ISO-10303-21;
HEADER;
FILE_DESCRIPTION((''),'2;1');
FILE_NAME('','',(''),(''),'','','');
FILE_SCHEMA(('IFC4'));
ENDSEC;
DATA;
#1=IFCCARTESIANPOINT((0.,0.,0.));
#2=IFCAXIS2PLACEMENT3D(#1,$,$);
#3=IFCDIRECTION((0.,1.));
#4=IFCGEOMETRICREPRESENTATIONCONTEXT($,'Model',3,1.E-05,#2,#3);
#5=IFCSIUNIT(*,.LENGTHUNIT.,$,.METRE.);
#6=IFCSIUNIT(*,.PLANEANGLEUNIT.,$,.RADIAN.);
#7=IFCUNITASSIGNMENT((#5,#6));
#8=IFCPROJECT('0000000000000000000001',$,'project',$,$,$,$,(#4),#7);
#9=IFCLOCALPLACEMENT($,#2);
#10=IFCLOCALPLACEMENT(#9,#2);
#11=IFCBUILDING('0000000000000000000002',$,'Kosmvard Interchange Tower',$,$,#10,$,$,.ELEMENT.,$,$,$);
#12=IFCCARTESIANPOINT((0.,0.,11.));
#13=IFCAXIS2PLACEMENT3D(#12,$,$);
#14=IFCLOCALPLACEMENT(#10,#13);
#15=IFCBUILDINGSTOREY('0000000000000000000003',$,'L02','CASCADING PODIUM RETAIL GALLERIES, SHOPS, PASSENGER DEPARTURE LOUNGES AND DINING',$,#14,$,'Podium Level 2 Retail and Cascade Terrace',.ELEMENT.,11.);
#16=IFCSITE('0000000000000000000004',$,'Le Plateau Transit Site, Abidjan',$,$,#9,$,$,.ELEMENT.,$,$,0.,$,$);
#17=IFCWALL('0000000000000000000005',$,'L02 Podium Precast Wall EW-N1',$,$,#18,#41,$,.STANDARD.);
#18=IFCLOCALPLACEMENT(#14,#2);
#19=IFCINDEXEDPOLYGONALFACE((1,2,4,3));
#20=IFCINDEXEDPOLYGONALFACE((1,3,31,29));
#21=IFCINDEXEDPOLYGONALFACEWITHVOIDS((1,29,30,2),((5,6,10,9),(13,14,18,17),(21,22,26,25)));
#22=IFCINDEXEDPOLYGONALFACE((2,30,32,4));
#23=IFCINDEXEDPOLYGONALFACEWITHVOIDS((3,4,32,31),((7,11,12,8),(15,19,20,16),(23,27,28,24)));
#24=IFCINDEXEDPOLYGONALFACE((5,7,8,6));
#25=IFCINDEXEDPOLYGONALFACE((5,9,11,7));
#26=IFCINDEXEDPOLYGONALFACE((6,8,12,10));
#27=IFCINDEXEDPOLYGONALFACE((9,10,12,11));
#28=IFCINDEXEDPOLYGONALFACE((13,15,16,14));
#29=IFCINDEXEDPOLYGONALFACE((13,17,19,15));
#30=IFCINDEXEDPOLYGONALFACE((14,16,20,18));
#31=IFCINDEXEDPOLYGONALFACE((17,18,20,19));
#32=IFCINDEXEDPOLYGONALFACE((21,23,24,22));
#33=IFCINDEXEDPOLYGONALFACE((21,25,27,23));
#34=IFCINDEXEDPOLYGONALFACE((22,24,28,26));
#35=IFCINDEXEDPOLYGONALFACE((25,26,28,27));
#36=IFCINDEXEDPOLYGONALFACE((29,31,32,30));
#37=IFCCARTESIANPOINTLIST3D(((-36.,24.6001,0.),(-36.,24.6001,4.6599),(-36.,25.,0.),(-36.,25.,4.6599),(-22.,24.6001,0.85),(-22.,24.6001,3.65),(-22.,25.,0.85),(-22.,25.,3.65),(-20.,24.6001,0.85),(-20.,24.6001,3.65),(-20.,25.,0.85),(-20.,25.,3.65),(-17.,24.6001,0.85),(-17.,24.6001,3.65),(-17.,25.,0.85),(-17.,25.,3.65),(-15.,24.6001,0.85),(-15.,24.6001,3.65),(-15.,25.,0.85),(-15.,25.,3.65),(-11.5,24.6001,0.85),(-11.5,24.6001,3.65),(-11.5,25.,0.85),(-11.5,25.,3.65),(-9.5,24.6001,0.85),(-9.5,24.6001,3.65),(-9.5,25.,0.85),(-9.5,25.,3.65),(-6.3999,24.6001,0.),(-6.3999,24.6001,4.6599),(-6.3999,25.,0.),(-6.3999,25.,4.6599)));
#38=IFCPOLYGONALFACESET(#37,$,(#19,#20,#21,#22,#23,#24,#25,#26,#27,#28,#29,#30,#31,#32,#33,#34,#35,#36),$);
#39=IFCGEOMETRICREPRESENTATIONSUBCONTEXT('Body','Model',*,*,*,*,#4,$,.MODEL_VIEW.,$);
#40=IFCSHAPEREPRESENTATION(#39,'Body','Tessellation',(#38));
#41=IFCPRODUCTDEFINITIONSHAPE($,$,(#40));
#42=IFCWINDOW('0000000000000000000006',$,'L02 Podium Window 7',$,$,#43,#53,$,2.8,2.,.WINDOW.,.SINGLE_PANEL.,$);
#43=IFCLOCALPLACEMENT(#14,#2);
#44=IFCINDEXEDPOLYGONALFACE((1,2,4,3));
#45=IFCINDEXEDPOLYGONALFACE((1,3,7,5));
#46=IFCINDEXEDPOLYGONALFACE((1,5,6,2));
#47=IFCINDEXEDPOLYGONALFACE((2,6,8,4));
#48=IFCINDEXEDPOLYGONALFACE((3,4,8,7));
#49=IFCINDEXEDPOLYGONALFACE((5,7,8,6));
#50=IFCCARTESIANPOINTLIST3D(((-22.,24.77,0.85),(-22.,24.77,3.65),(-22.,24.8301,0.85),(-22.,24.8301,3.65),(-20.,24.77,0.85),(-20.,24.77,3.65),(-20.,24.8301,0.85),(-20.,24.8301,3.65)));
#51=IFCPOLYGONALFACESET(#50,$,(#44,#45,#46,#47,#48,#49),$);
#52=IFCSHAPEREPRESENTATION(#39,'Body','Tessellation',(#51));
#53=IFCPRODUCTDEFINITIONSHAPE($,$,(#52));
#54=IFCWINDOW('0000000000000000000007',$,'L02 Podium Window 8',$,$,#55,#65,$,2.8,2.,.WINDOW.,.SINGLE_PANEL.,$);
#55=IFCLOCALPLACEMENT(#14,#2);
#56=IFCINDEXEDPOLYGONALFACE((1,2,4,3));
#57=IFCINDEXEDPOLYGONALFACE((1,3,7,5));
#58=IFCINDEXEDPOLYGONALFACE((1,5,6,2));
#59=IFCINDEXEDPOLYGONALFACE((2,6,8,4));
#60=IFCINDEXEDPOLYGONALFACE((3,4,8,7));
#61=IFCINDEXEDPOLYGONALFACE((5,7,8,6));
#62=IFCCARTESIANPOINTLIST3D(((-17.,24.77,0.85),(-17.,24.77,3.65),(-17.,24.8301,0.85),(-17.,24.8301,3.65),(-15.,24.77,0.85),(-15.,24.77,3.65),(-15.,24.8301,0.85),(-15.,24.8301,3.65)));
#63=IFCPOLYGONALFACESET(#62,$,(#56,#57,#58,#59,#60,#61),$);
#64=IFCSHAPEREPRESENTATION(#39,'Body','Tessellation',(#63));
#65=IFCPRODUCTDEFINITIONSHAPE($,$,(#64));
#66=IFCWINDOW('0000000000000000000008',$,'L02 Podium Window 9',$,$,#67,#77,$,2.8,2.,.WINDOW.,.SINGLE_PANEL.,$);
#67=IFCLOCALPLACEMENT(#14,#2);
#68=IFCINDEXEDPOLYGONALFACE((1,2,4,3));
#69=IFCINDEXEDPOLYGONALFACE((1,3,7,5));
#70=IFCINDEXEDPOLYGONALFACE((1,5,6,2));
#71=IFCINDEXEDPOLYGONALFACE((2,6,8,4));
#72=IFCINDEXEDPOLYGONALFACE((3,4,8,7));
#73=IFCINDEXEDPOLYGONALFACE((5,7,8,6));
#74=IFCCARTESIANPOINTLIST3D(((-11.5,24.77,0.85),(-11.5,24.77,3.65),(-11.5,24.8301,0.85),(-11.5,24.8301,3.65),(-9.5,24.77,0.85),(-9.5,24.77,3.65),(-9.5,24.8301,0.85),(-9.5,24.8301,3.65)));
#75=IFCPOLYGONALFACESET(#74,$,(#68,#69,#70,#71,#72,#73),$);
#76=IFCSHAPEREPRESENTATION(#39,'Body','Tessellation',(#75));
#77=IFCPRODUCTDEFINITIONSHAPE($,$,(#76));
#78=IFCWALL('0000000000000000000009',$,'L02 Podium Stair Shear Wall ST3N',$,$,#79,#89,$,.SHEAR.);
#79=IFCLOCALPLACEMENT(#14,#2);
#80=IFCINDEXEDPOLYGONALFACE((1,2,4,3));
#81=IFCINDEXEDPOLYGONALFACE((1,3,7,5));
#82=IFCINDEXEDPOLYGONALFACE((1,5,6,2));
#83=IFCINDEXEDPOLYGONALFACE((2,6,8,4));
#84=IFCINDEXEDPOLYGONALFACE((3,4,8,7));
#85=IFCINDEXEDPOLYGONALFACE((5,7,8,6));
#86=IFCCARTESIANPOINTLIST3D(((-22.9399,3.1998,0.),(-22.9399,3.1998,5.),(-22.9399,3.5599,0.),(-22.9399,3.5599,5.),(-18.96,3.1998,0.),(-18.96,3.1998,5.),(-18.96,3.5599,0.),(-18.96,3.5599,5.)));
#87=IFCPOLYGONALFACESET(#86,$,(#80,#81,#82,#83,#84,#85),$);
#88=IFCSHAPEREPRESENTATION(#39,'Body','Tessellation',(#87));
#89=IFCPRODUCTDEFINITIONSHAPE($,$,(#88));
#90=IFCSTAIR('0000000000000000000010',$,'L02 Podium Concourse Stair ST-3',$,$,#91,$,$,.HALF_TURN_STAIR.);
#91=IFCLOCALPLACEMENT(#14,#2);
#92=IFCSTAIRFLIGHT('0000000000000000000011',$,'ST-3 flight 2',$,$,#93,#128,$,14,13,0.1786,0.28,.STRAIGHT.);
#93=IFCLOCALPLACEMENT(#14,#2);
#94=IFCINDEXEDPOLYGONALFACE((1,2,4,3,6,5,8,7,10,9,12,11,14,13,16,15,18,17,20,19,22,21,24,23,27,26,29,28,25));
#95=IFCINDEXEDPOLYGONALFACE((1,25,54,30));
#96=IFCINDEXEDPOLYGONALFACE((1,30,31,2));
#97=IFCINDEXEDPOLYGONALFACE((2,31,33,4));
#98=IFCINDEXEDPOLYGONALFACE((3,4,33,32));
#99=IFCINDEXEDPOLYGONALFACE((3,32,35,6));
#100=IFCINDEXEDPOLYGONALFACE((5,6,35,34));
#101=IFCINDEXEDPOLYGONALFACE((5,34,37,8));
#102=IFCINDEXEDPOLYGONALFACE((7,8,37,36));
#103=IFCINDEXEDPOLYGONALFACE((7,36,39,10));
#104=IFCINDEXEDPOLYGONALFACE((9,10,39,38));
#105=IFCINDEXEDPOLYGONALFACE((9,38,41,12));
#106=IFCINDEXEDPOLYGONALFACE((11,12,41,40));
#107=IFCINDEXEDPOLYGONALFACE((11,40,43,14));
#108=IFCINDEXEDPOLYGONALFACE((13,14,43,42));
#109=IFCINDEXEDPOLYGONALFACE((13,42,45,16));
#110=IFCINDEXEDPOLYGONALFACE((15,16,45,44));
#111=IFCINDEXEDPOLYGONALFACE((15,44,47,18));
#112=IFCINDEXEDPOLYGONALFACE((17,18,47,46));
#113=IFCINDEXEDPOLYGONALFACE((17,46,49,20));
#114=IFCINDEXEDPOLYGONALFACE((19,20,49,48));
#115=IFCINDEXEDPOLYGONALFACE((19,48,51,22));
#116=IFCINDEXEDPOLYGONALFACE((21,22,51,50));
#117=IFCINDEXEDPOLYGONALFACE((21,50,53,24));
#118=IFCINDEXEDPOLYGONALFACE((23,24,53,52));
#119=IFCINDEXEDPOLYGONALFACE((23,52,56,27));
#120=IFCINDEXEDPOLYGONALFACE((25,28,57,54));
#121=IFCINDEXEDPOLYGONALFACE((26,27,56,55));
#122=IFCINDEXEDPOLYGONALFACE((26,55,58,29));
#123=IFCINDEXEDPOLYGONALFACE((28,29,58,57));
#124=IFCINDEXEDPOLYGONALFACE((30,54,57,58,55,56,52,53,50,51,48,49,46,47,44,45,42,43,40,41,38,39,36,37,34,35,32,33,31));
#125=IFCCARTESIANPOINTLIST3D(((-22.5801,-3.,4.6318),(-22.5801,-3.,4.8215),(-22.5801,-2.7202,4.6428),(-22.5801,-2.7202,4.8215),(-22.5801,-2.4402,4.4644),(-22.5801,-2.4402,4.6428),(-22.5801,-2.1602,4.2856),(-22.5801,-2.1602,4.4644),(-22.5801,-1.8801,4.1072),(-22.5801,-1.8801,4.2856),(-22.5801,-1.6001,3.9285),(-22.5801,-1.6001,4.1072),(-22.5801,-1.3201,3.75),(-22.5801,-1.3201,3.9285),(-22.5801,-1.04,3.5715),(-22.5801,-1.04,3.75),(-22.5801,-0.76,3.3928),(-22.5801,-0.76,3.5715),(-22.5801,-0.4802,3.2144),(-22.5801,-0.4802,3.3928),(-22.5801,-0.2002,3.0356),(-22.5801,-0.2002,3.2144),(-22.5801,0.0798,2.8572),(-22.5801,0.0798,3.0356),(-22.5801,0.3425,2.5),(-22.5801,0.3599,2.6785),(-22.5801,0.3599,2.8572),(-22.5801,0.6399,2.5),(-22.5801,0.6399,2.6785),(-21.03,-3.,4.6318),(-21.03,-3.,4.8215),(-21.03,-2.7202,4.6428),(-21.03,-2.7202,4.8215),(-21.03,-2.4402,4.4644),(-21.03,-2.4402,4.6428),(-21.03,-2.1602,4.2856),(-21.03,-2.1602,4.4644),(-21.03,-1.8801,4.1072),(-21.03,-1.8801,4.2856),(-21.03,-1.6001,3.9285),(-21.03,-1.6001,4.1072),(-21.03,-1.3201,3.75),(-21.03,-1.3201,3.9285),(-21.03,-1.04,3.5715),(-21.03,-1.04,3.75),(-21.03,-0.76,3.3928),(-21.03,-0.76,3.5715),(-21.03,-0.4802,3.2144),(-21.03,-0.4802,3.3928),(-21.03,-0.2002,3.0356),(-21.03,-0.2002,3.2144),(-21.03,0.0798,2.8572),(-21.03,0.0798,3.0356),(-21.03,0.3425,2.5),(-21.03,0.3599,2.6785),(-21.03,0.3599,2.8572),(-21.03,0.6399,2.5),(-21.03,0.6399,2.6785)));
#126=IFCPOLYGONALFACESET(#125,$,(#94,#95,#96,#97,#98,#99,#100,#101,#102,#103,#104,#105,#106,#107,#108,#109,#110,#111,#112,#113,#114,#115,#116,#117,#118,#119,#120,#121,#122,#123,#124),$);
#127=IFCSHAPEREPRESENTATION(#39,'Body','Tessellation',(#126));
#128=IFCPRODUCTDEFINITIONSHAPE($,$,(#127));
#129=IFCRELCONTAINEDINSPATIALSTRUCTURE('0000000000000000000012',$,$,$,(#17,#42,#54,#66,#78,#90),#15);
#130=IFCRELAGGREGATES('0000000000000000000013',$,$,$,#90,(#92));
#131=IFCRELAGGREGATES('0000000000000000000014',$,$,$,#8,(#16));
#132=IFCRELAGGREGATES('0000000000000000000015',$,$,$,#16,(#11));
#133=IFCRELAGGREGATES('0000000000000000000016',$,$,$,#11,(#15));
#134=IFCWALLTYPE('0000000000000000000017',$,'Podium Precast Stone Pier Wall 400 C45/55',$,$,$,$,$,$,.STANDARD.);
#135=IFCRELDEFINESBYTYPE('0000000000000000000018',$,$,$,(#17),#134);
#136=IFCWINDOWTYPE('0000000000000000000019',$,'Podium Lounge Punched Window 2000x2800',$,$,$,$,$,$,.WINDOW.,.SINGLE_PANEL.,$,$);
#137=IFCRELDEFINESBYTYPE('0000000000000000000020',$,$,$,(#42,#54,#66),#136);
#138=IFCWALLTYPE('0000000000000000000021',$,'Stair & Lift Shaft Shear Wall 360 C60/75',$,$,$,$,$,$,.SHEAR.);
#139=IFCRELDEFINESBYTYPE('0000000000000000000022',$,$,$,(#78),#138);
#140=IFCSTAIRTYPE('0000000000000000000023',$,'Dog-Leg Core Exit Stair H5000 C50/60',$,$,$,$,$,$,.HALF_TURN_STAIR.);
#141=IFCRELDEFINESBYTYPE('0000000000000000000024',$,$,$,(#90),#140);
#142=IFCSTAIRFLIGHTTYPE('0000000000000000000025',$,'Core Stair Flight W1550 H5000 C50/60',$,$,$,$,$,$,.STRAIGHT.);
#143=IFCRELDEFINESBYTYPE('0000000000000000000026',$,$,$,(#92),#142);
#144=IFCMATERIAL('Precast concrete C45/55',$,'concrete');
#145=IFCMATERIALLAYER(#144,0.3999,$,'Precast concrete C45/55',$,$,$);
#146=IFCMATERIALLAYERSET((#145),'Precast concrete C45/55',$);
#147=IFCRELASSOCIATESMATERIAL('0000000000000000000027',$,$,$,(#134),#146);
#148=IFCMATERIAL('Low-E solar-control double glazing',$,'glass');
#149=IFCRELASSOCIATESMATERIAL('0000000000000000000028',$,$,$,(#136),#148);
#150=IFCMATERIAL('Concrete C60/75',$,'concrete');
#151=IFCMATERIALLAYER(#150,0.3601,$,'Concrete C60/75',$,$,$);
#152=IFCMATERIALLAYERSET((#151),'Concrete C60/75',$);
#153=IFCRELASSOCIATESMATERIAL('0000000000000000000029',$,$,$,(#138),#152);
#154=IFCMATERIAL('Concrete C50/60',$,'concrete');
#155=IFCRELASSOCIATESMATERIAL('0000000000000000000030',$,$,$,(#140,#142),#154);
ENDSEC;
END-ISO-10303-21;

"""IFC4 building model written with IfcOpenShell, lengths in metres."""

from ifc_helpers import new_model, si_unit, direction, frame, frame_2d, origin, place, context, subcontext, project, spatial, polyline, rectangle, outline, extrude, source, transform, mapped, material, layer, layer_set, type_object, element, fill, aggregate, save


model = new_model("IFC4")

# Units and contexts
model_context = context("Model", 3, precision=1e-05, world=origin(), true_north=direction((0.0, 1.0)))
body_context = subcontext(model_context, "Body", "Model", "MODEL_VIEW")
ifc_project = project(units=[si_unit("LENGTHUNIT", "METRE"), si_unit("PLANEANGLEUNIT", "RADIAN")], contexts=[model_context])

# Site, building, storey
site_placement = place(None, origin())
site = spatial("IfcSite", under=ifc_project, at=site_placement, Name="Le Plateau Transit Site, Abidjan", CompositionType="ELEMENT", RefElevation=0.0)
building_placement = place(site_placement, origin())
building = spatial("IfcBuilding", under=site, at=building_placement, Name="Kosmvard Interchange Tower", CompositionType="ELEMENT")
storey_placement = place(building_placement, frame((0.0, 0.0, 11.0)))
storey = spatial("IfcBuildingStorey", under=building, at=storey_placement, Name="L02", Description="CASCADING PODIUM RETAIL GALLERIES, SHOPS, PASSENGER DEPARTURE LOUNGES AND DINING", LongName="Podium Level 2 Retail and Cascade Terrace", CompositionType="ELEMENT", Elevation=11.0)

# Shared definitions
ifc_material_1 = material(Name="Concrete C60/75", Category="concrete")

# Wall, openings, windows
ifc_material_2 = material(Name="Precast concrete C45/55", Category="concrete")
ifc_layer_1 = layer(ifc_material_2, 0.3999, Name="Precast concrete C45/55")
ifc_layer_set_1 = layer_set([ifc_layer_1], Name="Precast concrete C45/55")
wall_type_1 = type_object("IfcWallType", Name="Podium Precast Stone Pier Wall 400 C45/55", PredefinedType="STANDARD", material=ifc_layer_set_1)
wall_1_placement = place(storey_placement, frame((-36.0, 24.8, 0.0), z_axis=(0.0, 0.0, 1.0), x_axis=(1.0, 0.0, 0.0)))
wall_1 = element("IfcWall", 1, at=wall_1_placement, inside=storey, type_object=wall_type_1, Name="L02 Podium Precast Wall EW-N1", PredefinedType="STANDARD", context=body_context, shape_type="SweptSolid", body=[
    extrude(rectangle(XDim=29.6001, YDim=0.3999, at=frame_2d((14.8, 0.0))), origin(), (0.0, 0.0, 1.0), 4.6599),
])
opening_1_placement = place(wall_1_placement, frame((14.0, 0.0, 0.8501)))
opening_1 = element("IfcOpeningElement", 2, at=opening_1_placement, cuts=wall_1, PredefinedType="OPENING", context=body_context, shape_type="SweptSolid", body=[
    extrude(rectangle(XDim=2.0, YDim=2.8, at=frame_2d((1.0, 1.3999))), frame((0.0, 0.21, 0.0), z_axis=(0.0, -1.0, 0.0), x_axis=(1.0, 0.0, 0.0)), (0.0, 0.0, 1.0), 0.4199),
])
opening_2_placement = place(wall_1_placement, frame((19.0, 0.0, 0.8501)))
opening_2 = element("IfcOpeningElement", 3, at=opening_2_placement, cuts=wall_1, PredefinedType="OPENING", context=body_context, shape_type="SweptSolid", body=[
    extrude(rectangle(XDim=2.0, YDim=2.8, at=frame_2d((1.0, 1.3999))), frame((0.0, 0.21, 0.0), z_axis=(0.0, -1.0, 0.0), x_axis=(1.0, 0.0, 0.0)), (0.0, 0.0, 1.0), 0.4199),
])
opening_3_placement = place(wall_1_placement, frame((24.5, 0.0, 0.8501)))
opening_3 = element("IfcOpeningElement", 4, at=opening_3_placement, cuts=wall_1, PredefinedType="OPENING", context=body_context, shape_type="SweptSolid", body=[
    extrude(rectangle(XDim=2.0, YDim=2.8, at=frame_2d((1.0, 1.3999))), frame((0.0, 0.21, 0.0), z_axis=(0.0, -1.0, 0.0), x_axis=(1.0, 0.0, 0.0)), (0.0, 0.0, 1.0), 0.4199),
])
ifc_material_3 = material(Name="Low-E solar-control double glazing", Category="glass")
window_type = type_object("IfcWindowType", Name="Podium Lounge Punched Window 2000x2800", PartitioningType="SINGLE_PANEL", PredefinedType="WINDOW", material=ifc_material_3)
shared_shape_1 = source(origin(), body_context, "Body", "SweptSolid", [
    extrude(rectangle(XDim=2.0, YDim=2.8, at=frame_2d((1.0, 1.3999))), frame((0.0, 0.03, 0.0), z_axis=(0.0, -1.0, 0.0), x_axis=(1.0, 0.0, 0.0)), (0.0, 0.0, 1.0), 0.0601),
])
window_1_placement = place(opening_1_placement, origin())
window_1 = element("IfcWindow", 5, at=window_1_placement, inside=storey, type_object=window_type, Name="L02 Podium Window 7", OverallHeight=2.8, OverallWidth=2.0, PartitioningType="SINGLE_PANEL", PredefinedType="WINDOW", context=body_context, shape_type="MappedRepresentation", body=[
    mapped(shared_shape_1, transform((0.0, 0.0, 0.0), scale=1.0)),
])
fill(opening_1, window_1)
window_2_placement = place(opening_2_placement, origin())
window_2 = element("IfcWindow", 6, at=window_2_placement, inside=storey, type_object=window_type, Name="L02 Podium Window 8", OverallHeight=2.8, OverallWidth=2.0, PartitioningType="SINGLE_PANEL", PredefinedType="WINDOW", context=body_context, shape_type="MappedRepresentation", body=[
    mapped(shared_shape_1, transform((0.0, 0.0, 0.0), scale=1.0)),
])
fill(opening_2, window_2)
window_3_placement = place(opening_3_placement, origin())
window_3 = element("IfcWindow", 7, at=window_3_placement, inside=storey, type_object=window_type, Name="L02 Podium Window 9", OverallHeight=2.8, OverallWidth=2.0, PartitioningType="SINGLE_PANEL", PredefinedType="WINDOW", context=body_context, shape_type="MappedRepresentation", body=[
    mapped(shared_shape_1, transform((0.0, 0.0, 0.0), scale=1.0)),
])
fill(opening_3, window_3)

# Wall
ifc_layer_2 = layer(ifc_material_1, 0.3601, Name="Concrete C60/75")
ifc_layer_set_2 = layer_set([ifc_layer_2], Name="Concrete C60/75")
wall_type_2 = type_object("IfcWallType", Name="Stair & Lift Shaft Shear Wall 360 C60/75", PredefinedType="SHEAR", material=ifc_layer_set_2)
wall_2_placement = place(storey_placement, frame((-22.9399, 3.3799, 0.0), z_axis=(0.0, 0.0, 1.0), x_axis=(1.0, 0.0, 0.0)))
element("IfcWall", 8, at=wall_2_placement, inside=storey, type_object=wall_type_2, Name="L02 Podium Stair Shear Wall ST3N", PredefinedType="SHEAR", context=body_context, shape_type="SweptSolid", body=[
    extrude(rectangle(XDim=3.98, YDim=0.3601, at=frame_2d((1.99, 0.0))), origin(), (0.0, 0.0, 1.0), 5.0),
])

# Stair, stair flight
ifc_material_4 = material(Name="Concrete C50/60", Category="concrete")
stair_type = type_object("IfcStairType", Name="Dog-Leg Core Exit Stair H5000 C50/60", PredefinedType="HALF_TURN_STAIR", material=ifc_material_4)
stair_placement = place(storey_placement, origin())
stair = element("IfcStair", 9, at=stair_placement, inside=storey, type_object=stair_type, Name="L02 Podium Concourse Stair ST-3", PredefinedType="HALF_TURN_STAIR")
stair_flight_type = type_object("IfcStairFlightType", Name="Core Stair Flight W1550 H5000 C50/60", PredefinedType="STRAIGHT", material=ifc_material_4)
shared_shape_2 = source(origin(), body_context, "Body", "SweptSolid", [
    extrude(outline(polyline([(0.0, 0.0), (0.0, 0.1785), (0.28, 0.1785), (0.28, 0.3572), (0.5601, 0.3572), (0.5601, 0.5356), (0.8401, 0.5356), (0.8401, 0.7144), (1.1201, 0.7144), (1.1201, 0.8928), (1.3999, 0.8928), (1.3999, 1.0715), (1.6799, 1.0715), (1.6799, 1.25), (1.96, 1.25), (1.96, 1.4285), (2.24, 1.4285), (2.24, 1.6072), (2.52, 1.6072), (2.52, 1.7856), (2.8, 1.7856), (2.8, 1.9644), (3.0801, 1.9644), (3.0801, 2.1428), (3.3601, 2.1428), (3.3601, 2.3215), (3.6399, 2.3215), (3.6399, 2.5), (3.6399, 2.1318), (0.2974, 0.0), (0.0, 0.0)])), frame((0.0, 0.7749, 0.0), z_axis=(0.0, -1.0, 0.0), x_axis=(1.0, 0.0, 0.0)), (0.0, 0.0, 1.0), 1.55),
])
stair_flight_placement = place(storey_placement, frame((-21.8049, 0.6399, 2.5), z_axis=(0.0, 0.0, 1.0), x_axis=(0.0, -1.0, 0.0)))
stair_flight = element("IfcStairFlight", 10, at=stair_flight_placement, type_object=stair_flight_type, Name="ST-3 flight 2", NumberOfRisers=14, NumberOfTreads=13, PredefinedType="STRAIGHT", RiserHeight=0.1786, TreadLength=0.28, context=body_context, shape_type="MappedRepresentation", body=[
    mapped(shared_shape_2, transform((0.0, 0.0, 0.0), scale=1.0)),
])
aggregate(stair, [stair_flight])

save(model, "model.ifc")
